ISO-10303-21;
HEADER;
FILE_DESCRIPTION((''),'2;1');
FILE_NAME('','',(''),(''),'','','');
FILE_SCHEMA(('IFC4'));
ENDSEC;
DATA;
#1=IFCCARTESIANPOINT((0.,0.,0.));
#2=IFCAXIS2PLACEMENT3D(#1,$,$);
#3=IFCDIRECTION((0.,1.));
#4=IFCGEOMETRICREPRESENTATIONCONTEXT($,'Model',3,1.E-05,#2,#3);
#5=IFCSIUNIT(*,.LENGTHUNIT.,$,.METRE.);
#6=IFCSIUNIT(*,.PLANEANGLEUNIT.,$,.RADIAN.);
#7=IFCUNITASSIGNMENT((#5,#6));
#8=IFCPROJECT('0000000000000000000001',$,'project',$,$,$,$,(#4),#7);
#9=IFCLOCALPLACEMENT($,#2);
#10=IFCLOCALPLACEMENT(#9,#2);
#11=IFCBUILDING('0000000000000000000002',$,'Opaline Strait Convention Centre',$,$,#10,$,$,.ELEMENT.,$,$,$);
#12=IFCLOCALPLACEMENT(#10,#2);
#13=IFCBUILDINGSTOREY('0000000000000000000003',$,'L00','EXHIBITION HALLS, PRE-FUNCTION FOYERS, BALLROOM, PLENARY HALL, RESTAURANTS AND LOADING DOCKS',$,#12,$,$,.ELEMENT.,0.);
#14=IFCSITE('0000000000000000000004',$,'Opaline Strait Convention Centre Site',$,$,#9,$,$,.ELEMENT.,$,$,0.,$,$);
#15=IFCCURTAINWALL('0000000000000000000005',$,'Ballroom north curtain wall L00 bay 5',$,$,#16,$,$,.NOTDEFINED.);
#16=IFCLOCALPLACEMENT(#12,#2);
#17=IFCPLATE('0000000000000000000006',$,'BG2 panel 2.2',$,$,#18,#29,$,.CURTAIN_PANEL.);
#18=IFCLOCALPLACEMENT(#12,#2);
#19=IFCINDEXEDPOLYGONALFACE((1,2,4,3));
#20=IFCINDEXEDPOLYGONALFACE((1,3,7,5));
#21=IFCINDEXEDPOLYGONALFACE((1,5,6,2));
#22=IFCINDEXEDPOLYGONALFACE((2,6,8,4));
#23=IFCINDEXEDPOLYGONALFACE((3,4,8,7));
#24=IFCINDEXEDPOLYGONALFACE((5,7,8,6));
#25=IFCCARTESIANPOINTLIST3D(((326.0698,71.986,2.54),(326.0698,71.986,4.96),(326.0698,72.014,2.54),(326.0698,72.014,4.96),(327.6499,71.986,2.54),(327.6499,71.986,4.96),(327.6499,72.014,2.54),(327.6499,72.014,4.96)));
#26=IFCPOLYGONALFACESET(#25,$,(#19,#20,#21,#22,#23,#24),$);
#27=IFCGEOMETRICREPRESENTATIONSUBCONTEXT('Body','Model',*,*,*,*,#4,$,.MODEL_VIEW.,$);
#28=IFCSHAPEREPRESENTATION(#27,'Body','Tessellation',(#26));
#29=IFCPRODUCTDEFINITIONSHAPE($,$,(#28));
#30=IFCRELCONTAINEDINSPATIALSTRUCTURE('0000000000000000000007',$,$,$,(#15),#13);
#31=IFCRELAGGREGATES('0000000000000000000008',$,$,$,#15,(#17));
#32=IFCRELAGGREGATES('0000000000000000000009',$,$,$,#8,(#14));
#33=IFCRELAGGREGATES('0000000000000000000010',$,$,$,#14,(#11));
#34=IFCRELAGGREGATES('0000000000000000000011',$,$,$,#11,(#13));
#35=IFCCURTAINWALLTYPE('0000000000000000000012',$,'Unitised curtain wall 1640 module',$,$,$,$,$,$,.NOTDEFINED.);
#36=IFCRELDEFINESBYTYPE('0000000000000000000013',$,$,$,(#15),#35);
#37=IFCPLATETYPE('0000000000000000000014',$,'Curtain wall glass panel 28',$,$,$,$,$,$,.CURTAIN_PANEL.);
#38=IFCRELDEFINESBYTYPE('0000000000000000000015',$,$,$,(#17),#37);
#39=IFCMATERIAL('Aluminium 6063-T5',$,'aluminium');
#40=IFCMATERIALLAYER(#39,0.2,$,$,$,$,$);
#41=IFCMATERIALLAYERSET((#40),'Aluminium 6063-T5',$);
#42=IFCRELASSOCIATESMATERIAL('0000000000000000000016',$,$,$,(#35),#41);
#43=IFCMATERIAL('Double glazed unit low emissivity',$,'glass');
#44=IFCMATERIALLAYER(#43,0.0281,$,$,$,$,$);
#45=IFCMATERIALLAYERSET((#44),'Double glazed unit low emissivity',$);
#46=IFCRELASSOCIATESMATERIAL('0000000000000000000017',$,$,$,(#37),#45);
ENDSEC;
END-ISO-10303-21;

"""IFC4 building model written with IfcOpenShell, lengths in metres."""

from ifc_helpers import new_model, si_unit, direction, frame, origin, origin_2d, place, context, subcontext, project, spatial, rectangle, extrude, material, layer, layer_set, type_object, element, aggregate, save


model = new_model("IFC4")

# Units and contexts
model_context = context("Model", 3, precision=1e-05, world=origin(), true_north=direction((0.0, 1.0)))
body_context = subcontext(model_context, "Body", "Model", "MODEL_VIEW")
ifc_project = project(units=[si_unit("LENGTHUNIT", "METRE"), si_unit("PLANEANGLEUNIT", "RADIAN")], contexts=[model_context])

# Site, building, storey
site_placement = place(None, origin())
site = spatial("IfcSite", under=ifc_project, at=site_placement, Name="Opaline Strait Convention Centre Site", CompositionType="ELEMENT", RefElevation=0.0)
building_placement = place(site_placement, origin())
building = spatial("IfcBuilding", under=site, at=building_placement, Name="Opaline Strait Convention Centre", CompositionType="ELEMENT")
storey_placement = place(building_placement, origin())
storey = spatial("IfcBuildingStorey", under=building, at=storey_placement, Name="L00", Description="EXHIBITION HALLS, PRE-FUNCTION FOYERS, BALLROOM, PLENARY HALL, RESTAURANTS AND LOADING DOCKS", CompositionType="ELEMENT", Elevation=0.0)

# Curtain wall
ifc_material_1 = material(Name="Aluminium 6063-T5", Category="aluminium")
ifc_layer_1 = layer(ifc_material_1, 0.2)
ifc_layer_set_1 = layer_set([ifc_layer_1], Name="Aluminium 6063-T5")
curtain_wall_type = type_object("IfcCurtainWallType", Name="Unitised curtain wall 1640 module", PredefinedType="NOTDEFINED", material=ifc_layer_set_1)
curtain_wall_1_placement = place(storey_placement, origin())
curtain_wall_1 = element("IfcCurtainWall", 1, at=curtain_wall_1_placement, inside=storey, type_object=curtain_wall_type, Name="Ballroom north curtain wall L00 bay 5", PredefinedType="NOTDEFINED")

# Plate
ifc_material_2 = material(Name="Double glazed unit low emissivity", Category="glass")
ifc_layer_2 = layer(ifc_material_2, 0.0281)
ifc_layer_set_2 = layer_set([ifc_layer_2], Name="Double glazed unit low emissivity")
plate_type = type_object("IfcPlateType", Name="Curtain wall glass panel 28", PredefinedType="CURTAIN_PANEL", material=ifc_layer_set_2)
plate_1_placement = place(storey_placement, frame((326.8599, 72.0, 2.54), z_axis=(0.0, 0.0, 1.0), x_axis=(1.0, 0.0, 0.0)))
plate_1 = element("IfcPlate", 2, at=plate_1_placement, type_object=plate_type, Name="BG2 panel 2.2", PredefinedType="CURTAIN_PANEL", context=body_context, shape_type="SweptSolid", body=[
    extrude(rectangle(XDim=1.5801, YDim=0.0281, at=origin_2d()), origin(), (0.0, 0.0, 1.0), 2.4199),
])
aggregate(curtain_wall_1, [plate_1])

save(model, "model.ifc")
